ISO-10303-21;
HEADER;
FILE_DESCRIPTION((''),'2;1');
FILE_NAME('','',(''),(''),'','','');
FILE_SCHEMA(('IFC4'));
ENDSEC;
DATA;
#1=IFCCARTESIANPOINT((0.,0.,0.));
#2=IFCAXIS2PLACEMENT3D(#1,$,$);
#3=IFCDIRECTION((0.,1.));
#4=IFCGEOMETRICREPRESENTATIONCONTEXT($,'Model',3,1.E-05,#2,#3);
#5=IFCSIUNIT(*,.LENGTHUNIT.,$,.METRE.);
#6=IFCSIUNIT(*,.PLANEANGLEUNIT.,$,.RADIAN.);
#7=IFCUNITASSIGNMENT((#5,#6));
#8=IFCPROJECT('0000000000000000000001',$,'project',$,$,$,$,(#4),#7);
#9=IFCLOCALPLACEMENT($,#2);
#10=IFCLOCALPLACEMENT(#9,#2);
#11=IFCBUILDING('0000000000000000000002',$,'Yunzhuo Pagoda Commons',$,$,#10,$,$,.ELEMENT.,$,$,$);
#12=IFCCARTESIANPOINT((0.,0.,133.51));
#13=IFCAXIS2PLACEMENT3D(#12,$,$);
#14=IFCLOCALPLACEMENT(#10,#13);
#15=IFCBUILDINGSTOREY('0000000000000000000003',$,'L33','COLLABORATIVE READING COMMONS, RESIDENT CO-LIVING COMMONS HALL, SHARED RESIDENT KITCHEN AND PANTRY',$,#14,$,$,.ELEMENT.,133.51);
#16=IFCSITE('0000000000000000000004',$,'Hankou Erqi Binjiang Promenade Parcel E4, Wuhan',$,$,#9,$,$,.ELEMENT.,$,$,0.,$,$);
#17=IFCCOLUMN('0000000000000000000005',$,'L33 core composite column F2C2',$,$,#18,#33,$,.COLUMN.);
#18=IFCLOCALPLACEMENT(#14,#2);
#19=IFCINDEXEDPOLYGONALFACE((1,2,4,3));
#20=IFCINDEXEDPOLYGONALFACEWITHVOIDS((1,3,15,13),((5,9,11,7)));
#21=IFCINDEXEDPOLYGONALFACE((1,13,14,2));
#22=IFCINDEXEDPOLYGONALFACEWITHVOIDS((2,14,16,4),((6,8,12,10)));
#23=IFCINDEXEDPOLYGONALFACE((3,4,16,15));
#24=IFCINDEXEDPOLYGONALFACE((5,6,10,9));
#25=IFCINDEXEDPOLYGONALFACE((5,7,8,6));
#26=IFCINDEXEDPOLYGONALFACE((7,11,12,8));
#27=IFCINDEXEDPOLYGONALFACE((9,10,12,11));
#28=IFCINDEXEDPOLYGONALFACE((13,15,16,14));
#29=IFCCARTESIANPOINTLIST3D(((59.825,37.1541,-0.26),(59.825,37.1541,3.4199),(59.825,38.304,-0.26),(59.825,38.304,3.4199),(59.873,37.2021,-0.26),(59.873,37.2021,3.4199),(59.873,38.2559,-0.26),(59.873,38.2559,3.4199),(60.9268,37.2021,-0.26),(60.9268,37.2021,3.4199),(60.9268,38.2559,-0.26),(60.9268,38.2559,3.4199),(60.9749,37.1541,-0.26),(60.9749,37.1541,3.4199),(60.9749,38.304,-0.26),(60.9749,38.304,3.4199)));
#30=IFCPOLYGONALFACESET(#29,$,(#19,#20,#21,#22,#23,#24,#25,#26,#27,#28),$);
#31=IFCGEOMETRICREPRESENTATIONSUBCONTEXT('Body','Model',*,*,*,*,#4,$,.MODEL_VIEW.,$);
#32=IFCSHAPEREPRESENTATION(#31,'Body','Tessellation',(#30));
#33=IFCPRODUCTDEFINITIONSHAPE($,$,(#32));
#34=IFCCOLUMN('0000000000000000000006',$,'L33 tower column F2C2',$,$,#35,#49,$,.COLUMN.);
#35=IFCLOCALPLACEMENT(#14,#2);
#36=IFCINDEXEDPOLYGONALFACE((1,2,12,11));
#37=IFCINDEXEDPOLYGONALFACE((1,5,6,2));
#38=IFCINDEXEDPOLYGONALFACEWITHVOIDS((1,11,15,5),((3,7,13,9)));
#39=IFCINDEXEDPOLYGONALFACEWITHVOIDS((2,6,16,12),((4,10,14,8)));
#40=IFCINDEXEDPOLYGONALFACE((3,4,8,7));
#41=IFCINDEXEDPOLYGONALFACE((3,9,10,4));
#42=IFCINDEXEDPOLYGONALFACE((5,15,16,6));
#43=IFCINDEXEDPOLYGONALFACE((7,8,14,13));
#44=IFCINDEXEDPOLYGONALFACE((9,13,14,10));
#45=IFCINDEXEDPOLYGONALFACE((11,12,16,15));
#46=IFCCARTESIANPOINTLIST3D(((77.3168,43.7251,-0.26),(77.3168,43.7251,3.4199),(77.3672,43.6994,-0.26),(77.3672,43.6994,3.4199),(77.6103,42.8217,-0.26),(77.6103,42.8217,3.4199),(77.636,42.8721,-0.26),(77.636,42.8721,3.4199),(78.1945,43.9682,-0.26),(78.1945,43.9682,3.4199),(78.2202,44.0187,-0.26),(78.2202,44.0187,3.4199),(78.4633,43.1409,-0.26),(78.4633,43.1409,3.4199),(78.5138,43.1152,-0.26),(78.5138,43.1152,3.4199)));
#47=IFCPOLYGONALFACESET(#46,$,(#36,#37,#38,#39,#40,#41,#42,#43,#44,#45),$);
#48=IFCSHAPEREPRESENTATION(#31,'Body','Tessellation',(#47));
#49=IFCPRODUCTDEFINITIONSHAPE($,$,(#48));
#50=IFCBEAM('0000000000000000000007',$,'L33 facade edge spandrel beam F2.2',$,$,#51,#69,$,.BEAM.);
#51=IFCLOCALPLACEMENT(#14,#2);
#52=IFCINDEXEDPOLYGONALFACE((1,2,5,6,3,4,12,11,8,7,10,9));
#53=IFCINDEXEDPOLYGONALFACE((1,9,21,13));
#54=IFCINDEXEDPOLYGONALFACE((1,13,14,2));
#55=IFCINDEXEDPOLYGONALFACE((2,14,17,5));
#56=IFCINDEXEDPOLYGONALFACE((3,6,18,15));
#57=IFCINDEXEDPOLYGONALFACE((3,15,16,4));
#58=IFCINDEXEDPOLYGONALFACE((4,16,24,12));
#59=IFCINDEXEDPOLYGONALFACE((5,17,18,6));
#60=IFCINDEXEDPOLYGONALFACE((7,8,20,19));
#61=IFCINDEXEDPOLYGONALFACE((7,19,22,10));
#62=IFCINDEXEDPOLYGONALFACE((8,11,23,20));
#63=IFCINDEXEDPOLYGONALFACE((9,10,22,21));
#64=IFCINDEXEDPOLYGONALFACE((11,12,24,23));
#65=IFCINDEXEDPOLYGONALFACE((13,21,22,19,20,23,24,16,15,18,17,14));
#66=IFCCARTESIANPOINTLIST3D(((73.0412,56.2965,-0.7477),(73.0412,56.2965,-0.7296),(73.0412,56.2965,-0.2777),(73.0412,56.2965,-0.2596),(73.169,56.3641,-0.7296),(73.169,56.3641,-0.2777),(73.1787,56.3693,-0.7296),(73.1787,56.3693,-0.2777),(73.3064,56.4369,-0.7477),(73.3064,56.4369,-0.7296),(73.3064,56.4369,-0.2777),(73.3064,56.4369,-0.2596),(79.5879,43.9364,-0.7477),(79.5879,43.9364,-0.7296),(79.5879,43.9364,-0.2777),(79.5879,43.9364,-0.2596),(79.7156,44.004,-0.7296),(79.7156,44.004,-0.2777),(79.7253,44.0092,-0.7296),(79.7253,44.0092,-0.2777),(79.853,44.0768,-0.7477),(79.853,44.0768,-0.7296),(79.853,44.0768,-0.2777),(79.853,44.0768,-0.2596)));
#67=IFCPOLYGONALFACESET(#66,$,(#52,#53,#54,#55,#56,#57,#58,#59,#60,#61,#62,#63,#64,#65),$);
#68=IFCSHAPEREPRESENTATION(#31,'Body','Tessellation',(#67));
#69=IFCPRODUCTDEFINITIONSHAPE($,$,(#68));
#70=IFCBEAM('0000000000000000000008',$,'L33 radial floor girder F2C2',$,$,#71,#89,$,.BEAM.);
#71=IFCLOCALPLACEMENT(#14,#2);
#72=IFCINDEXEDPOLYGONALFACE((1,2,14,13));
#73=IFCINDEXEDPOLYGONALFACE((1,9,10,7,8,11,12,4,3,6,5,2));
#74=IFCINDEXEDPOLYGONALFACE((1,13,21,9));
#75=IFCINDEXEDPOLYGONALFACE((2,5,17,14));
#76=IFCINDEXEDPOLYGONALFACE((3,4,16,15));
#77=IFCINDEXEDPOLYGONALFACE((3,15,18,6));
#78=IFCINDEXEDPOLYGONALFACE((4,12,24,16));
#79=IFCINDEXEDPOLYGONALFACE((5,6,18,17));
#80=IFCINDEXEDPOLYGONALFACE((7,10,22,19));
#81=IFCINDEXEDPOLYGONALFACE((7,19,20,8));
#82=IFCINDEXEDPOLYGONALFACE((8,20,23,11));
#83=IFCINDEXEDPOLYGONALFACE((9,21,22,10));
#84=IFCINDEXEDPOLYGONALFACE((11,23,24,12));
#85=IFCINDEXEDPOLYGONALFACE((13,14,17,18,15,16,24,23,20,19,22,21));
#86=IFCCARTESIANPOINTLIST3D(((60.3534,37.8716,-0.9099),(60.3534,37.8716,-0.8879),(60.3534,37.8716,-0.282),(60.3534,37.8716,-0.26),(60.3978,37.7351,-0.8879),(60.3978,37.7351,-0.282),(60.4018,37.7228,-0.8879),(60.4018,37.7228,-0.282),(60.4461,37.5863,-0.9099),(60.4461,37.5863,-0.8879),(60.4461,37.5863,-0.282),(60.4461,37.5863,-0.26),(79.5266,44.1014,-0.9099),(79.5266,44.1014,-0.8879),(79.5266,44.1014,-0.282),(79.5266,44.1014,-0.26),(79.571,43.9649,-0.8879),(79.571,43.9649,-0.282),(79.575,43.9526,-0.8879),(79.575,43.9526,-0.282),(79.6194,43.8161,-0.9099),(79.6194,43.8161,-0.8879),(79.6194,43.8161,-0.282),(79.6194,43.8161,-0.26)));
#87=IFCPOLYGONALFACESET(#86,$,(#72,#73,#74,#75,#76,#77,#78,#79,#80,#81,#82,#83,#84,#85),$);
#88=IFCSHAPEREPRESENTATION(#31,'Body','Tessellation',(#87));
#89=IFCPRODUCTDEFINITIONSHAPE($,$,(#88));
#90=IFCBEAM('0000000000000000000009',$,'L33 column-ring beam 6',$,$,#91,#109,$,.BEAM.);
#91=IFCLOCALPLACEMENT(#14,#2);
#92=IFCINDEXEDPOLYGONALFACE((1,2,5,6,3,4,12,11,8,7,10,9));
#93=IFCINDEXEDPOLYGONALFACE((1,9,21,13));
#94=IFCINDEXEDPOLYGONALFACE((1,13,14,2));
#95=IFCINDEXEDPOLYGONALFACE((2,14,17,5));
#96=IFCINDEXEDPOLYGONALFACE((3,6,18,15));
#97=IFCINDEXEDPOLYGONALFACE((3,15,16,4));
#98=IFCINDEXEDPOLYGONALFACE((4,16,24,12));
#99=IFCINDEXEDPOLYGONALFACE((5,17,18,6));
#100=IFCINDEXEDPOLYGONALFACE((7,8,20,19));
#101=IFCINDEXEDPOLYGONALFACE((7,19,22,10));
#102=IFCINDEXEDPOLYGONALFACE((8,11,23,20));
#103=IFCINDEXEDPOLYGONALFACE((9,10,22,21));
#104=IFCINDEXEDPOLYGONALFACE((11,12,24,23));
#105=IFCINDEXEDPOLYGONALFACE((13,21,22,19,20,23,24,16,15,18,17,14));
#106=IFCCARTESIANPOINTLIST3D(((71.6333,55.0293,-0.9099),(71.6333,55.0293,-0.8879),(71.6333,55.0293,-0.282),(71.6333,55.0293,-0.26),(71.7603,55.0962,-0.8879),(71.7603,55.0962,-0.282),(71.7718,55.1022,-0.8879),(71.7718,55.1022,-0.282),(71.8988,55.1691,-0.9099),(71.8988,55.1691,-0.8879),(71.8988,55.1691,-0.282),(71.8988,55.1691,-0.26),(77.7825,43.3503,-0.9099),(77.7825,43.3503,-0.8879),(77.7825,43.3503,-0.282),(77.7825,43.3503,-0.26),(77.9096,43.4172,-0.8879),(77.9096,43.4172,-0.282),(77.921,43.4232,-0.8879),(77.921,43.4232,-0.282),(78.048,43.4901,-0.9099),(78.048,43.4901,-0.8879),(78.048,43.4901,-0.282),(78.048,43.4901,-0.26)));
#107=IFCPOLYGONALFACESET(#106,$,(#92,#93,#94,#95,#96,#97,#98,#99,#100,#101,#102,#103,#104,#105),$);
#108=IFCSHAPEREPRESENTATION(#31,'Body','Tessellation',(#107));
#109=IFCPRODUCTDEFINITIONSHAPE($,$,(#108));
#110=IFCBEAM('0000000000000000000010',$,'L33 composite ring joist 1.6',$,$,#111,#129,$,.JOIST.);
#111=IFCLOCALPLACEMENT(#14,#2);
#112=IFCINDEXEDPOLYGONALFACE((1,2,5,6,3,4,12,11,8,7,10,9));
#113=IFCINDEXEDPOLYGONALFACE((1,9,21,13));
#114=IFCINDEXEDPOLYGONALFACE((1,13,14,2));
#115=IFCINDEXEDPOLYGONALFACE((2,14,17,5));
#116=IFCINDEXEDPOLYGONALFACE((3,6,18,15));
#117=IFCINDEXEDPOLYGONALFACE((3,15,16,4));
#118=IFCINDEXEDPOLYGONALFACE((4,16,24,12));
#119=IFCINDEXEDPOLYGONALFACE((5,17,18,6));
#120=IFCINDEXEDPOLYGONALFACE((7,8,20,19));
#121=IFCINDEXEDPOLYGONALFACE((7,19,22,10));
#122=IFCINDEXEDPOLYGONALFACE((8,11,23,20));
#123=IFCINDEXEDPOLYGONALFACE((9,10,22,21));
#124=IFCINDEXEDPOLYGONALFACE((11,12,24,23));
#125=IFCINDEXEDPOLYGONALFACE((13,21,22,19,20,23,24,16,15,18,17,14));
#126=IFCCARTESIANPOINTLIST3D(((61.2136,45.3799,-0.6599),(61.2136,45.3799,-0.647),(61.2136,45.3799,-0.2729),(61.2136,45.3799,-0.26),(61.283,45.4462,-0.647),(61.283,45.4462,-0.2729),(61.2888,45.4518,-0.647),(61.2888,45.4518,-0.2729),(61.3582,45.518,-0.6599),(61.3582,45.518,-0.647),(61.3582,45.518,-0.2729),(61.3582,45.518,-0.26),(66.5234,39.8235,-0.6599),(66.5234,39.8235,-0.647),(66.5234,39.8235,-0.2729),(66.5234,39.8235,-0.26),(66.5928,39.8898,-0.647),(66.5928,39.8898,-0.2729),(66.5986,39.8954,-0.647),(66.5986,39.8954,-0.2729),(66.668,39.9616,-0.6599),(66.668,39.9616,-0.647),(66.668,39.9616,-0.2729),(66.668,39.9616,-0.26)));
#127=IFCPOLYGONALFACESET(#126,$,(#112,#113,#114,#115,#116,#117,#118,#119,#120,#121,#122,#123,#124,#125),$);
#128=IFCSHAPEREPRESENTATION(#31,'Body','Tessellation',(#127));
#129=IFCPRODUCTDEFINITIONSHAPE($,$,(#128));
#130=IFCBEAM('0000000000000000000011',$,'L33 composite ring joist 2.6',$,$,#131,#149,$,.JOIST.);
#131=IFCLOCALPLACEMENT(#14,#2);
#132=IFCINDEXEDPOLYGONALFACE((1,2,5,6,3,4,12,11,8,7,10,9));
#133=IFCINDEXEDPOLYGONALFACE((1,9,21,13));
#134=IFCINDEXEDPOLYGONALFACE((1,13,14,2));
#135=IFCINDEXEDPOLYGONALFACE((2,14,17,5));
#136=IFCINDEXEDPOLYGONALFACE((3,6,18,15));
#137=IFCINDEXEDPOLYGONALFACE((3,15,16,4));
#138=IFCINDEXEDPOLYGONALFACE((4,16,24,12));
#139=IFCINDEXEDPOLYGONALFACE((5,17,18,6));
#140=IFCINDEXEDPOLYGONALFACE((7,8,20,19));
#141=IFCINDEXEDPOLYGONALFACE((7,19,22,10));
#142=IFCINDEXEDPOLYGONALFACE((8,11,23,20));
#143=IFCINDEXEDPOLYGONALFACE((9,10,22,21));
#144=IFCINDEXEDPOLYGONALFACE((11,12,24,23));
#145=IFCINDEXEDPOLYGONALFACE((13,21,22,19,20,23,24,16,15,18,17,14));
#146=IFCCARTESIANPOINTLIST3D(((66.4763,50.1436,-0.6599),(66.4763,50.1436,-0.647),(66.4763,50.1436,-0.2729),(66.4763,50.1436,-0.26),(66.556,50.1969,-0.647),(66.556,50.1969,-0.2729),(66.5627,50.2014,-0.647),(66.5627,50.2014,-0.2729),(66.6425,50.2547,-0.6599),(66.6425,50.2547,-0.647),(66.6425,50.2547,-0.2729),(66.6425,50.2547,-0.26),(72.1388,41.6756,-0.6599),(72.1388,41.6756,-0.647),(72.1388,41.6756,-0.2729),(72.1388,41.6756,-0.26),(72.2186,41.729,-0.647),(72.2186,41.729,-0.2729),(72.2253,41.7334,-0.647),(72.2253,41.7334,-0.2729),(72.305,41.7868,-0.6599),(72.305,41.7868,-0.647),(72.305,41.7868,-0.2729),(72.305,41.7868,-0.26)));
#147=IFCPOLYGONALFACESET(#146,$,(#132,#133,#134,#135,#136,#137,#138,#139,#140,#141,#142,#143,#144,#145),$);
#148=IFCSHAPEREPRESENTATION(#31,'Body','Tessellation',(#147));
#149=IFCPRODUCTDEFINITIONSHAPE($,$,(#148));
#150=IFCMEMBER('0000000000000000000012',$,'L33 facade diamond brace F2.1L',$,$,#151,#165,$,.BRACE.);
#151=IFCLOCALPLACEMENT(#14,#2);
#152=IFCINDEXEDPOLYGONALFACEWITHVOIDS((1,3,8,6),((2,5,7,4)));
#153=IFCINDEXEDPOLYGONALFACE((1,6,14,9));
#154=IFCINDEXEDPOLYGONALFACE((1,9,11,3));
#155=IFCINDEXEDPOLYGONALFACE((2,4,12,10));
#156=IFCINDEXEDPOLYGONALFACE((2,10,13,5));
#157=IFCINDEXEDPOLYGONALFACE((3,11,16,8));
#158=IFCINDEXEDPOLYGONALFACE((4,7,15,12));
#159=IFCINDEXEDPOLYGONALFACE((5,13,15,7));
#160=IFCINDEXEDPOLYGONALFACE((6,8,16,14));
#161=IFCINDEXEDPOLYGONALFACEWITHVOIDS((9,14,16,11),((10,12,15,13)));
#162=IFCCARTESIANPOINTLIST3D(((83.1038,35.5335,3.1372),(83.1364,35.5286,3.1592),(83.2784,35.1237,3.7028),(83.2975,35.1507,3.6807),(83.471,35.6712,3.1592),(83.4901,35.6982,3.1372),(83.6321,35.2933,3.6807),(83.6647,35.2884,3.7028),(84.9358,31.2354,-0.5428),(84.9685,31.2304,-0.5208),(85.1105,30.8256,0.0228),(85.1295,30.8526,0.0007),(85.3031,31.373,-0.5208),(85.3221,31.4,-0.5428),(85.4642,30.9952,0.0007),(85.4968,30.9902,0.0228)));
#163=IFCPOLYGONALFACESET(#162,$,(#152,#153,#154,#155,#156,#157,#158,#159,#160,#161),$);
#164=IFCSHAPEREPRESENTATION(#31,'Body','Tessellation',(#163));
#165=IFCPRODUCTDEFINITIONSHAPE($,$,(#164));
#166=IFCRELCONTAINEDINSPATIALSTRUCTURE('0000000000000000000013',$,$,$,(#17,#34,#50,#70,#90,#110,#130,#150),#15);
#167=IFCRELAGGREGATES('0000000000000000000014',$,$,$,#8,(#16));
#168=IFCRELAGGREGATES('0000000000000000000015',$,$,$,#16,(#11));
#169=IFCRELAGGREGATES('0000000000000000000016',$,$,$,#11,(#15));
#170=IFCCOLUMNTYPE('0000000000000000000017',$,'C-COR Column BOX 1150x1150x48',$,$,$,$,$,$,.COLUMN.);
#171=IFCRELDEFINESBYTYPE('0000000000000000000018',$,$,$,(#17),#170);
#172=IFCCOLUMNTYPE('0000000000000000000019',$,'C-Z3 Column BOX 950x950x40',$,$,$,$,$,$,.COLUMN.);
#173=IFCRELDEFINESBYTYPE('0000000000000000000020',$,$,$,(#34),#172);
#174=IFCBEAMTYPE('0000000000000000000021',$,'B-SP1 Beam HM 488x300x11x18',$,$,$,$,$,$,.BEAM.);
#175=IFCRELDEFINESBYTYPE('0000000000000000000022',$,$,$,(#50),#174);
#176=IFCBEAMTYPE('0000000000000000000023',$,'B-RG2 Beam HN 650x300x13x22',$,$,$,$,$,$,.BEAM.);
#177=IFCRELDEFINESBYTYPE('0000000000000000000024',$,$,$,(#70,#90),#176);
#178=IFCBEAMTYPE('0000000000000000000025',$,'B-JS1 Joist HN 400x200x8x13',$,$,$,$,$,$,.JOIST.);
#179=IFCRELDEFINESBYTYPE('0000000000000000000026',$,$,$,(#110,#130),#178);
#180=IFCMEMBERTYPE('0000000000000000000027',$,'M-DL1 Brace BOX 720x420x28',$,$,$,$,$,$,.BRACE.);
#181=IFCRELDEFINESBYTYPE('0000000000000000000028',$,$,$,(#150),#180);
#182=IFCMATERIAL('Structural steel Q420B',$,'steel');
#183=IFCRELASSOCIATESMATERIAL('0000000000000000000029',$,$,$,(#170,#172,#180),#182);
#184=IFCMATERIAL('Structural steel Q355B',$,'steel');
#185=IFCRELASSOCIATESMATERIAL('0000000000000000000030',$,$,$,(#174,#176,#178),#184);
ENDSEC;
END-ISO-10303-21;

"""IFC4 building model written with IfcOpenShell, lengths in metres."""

from ifc_helpers import new_model, si_unit, direction, frame, origin, origin_2d, place, context, subcontext, project, spatial, hollow_rectangle, i_section, extrude, source, transform, mapped, material, material_profile, profile_set, type_object, element, save


model = new_model("IFC4")

# Units and contexts
model_context = context("Model", 3, precision=1e-05, world=origin(), true_north=direction((0.0, 1.0)))
body_context = subcontext(model_context, "Body", "Model", "MODEL_VIEW")
ifc_project = project(units=[si_unit("LENGTHUNIT", "METRE"), si_unit("PLANEANGLEUNIT", "RADIAN")], contexts=[model_context])

# Site, building, storey
site_placement = place(None, origin())
site = spatial("IfcSite", under=ifc_project, at=site_placement, Name="Hankou Erqi Binjiang Promenade Parcel E4, Wuhan", CompositionType="ELEMENT", RefElevation=0.0)
building_placement = place(site_placement, origin())
building = spatial("IfcBuilding", under=site, at=building_placement, Name="Yunzhuo Pagoda Commons", CompositionType="ELEMENT")
storey_placement = place(building_placement, frame((0.0, 0.0, 133.51)))
storey = spatial("IfcBuildingStorey", under=building, at=storey_placement, Name="L33", Description="COLLABORATIVE READING COMMONS, RESIDENT CO-LIVING COMMONS HALL, SHARED RESIDENT KITCHEN AND PANTRY", CompositionType="ELEMENT", Elevation=133.51)

# Columns
ifc_material_1 = material(Name="Structural steel Q420B", Category="steel")
ifc_material_profile_1 = material_profile(ifc_material_1, hollow_rectangle(XDim=1.1499, YDim=1.1499, WallThickness=0.0481, at=origin_2d()), Name="Structural steel Q420B")
ifc_profile_set_1 = profile_set([ifc_material_profile_1], Name="Structural steel Q420B")
column_type_1 = type_object("IfcColumnType", Name="C-COR Column BOX 1150x1150x48", PredefinedType="COLUMN", material=ifc_profile_set_1)
shared_shape_1 = source(origin(), body_context, "Body", "SweptSolid", [
    extrude(hollow_rectangle(XDim=1.1499, YDim=1.1499, WallThickness=0.0481, at=origin_2d()), origin(), (0.0, 0.0, 1.0), 3.6799),
])
column_1_placement = place(storey_placement, frame((60.3999, 37.729, -0.26), z_axis=(0.0, 0.0, 1.0), x_axis=(1.0, 0.0, 0.0)))
element("IfcColumn", 1, at=column_1_placement, inside=storey, type_object=column_type_1, Name="L33 core composite column F2C2", PredefinedType="COLUMN", context=body_context, shape_type="MappedRepresentation", body=[
    mapped(shared_shape_1, transform((0.0, 0.0, 0.0), scale=1.0)),
])
ifc_material_profile_2 = material_profile(ifc_material_1, hollow_rectangle(XDim=0.95, YDim=0.95, WallThickness=0.04, at=origin_2d()), Name="Structural steel Q420B")
ifc_profile_set_2 = profile_set([ifc_material_profile_2], Name="Structural steel Q420B")
column_type_2 = type_object("IfcColumnType", Name="C-Z3 Column BOX 950x950x40", PredefinedType="COLUMN", material=ifc_profile_set_2)
shared_shape_2 = source(origin(), body_context, "Body", "SweptSolid", [
    extrude(hollow_rectangle(XDim=0.95, YDim=0.95, WallThickness=0.04, at=origin_2d()), origin(), (0.0, 0.0, 1.0), 3.6799),
])
column_2_placement = place(storey_placement, frame((77.9153, 43.4202, -0.26), z_axis=(0.0, 0.0, 1.0), x_axis=(-0.309017, 0.951057, 0.0)))
element("IfcColumn", 2, at=column_2_placement, inside=storey, type_object=column_type_2, Name="L33 tower column F2C2", PredefinedType="COLUMN", context=body_context, shape_type="MappedRepresentation", body=[
    mapped(shared_shape_2, transform((0.0, 0.0, 0.0), scale=1.0)),
])

# Beams
ifc_material_2 = material(Name="Structural steel Q355B", Category="steel")
ifc_material_profile_3 = material_profile(ifc_material_2, i_section(OverallWidth=0.3, OverallDepth=0.488, WebThickness=0.011, FlangeThickness=0.0181, at=origin_2d()), Name="Structural steel Q355B")
ifc_profile_set_3 = profile_set([ifc_material_profile_3], Name="Structural steel Q355B")
beam_type_1 = type_object("IfcBeamType", Name="B-SP1 Beam HM 488x300x11x18", PredefinedType="BEAM", material=ifc_profile_set_3)
shared_shape_3 = source(origin(), body_context, "Body", "SweptSolid", [
    extrude(i_section(OverallWidth=0.3, OverallDepth=0.488, WebThickness=0.011, FlangeThickness=0.0181, at=origin_2d()), origin(), (0.0, 0.0, 1.0), 13.9868),
])
beam_1_placement = place(storey_placement, frame((79.7205, 44.0066, -0.5037), z_axis=(-0.468058, 0.883698, 0.0), x_axis=(-0.883698, -0.468058, 0.0)))
element("IfcBeam", 3, at=beam_1_placement, inside=storey, type_object=beam_type_1, Name="L33 facade edge spandrel beam F2.2", PredefinedType="BEAM", context=body_context, shape_type="MappedRepresentation", body=[
    mapped(shared_shape_3, transform((0.0, 0.0, 0.0), scale=1.0)),
])
ifc_material_profile_4 = material_profile(ifc_material_2, i_section(OverallWidth=0.3, OverallDepth=0.6499, WebThickness=0.0129, FlangeThickness=0.022, at=origin_2d()), Name="Structural steel Q355B")
ifc_profile_set_4 = profile_set([ifc_material_profile_4], Name="Structural steel Q355B")
beam_type_2 = type_object("IfcBeamType", Name="B-RG2 Beam HN 650x300x13x22", PredefinedType="BEAM", material=ifc_profile_set_4)
shared_shape_4 = source(origin(), body_context, "Body", "SweptSolid", [
    extrude(i_section(OverallWidth=0.3, OverallDepth=0.6499, WebThickness=0.0129, FlangeThickness=0.022, at=origin_2d()), origin(), (0.0, 0.0, 1.0), 20.1599),
])
beam_2_placement = place(storey_placement, frame((79.573, 43.9587, -0.585), z_axis=(-0.951056, -0.309018, 0.0), x_axis=(0.309018, -0.951056, 0.0)))
element("IfcBeam", 4, at=beam_2_placement, inside=storey, type_object=beam_type_2, Name="L33 radial floor girder F2C2", PredefinedType="BEAM", context=body_context, shape_type="MappedRepresentation", body=[
    mapped(shared_shape_4, transform((0.0, 0.0, 0.0), scale=1.0)),
])
shared_shape_5 = source(origin(), body_context, "Body", "SweptSolid", [
    extrude(i_section(OverallWidth=0.3, OverallDepth=0.6499, WebThickness=0.0129, FlangeThickness=0.022, at=origin_2d()), origin(), (0.0, 0.0, 1.0), 13.199),
])
beam_3_placement = place(storey_placement, frame((77.9153, 43.4202, -0.585), z_axis=(-0.465886, 0.884845, 0.0), x_axis=(-0.884845, -0.465886, 0.0)))
element("IfcBeam", 5, at=beam_3_placement, inside=storey, type_object=beam_type_2, Name="L33 column-ring beam 6", PredefinedType="BEAM", context=body_context, shape_type="MappedRepresentation", body=[
    mapped(shared_shape_5, transform((0.0, 0.0, 0.0), scale=1.0)),
])
ifc_material_profile_5 = material_profile(ifc_material_2, i_section(OverallWidth=0.2, OverallDepth=0.3999, WebThickness=0.0081, FlangeThickness=0.0129, at=origin_2d()), Name="Structural steel Q355B")
ifc_profile_set_5 = profile_set([ifc_material_profile_5], Name="Structural steel Q355B")
beam_type_3 = type_object("IfcBeamType", Name="B-JS1 Joist HN 400x200x8x13", PredefinedType="JOIST", material=ifc_profile_set_5)
shared_shape_6 = source(origin(), body_context, "Body", "SweptSolid", [
    extrude(i_section(OverallWidth=0.2, OverallDepth=0.3999, WebThickness=0.0081, FlangeThickness=0.0129, at=origin_2d()), origin(), (0.0, 0.0, 1.0), 7.6855),
])
beam_4_placement = place(storey_placement, frame((66.5957, 39.8926, -0.46), z_axis=(-0.690883, 0.722967, 0.0), x_axis=(-0.722967, -0.690883, 0.0)))
element("IfcBeam", 6, at=beam_4_placement, inside=storey, type_object=beam_type_3, Name="L33 composite ring joist 1.6", PredefinedType="JOIST", context=body_context, shape_type="MappedRepresentation", body=[
    mapped(shared_shape_6, transform((0.0, 0.0, 0.0), scale=1.0)),
])
shared_shape_7 = source(origin(), body_context, "Body", "SweptSolid", [
    extrude(i_section(OverallWidth=0.2, OverallDepth=0.3999, WebThickness=0.0081, FlangeThickness=0.0129, at=origin_2d()), origin(), (0.0, 0.0, 1.0), 10.1868),
])
beam_5_placement = place(storey_placement, frame((72.2219, 41.7312, -0.46), z_axis=(-0.555872, 0.831268, 0.0), x_axis=(-0.831268, -0.555872, 0.0)))
element("IfcBeam", 7, at=beam_5_placement, inside=storey, type_object=beam_type_3, Name="L33 composite ring joist 2.6", PredefinedType="JOIST", context=body_context, shape_type="MappedRepresentation", body=[
    mapped(shared_shape_7, transform((0.0, 0.0, 0.0), scale=1.0)),
])

# Member
ifc_material_profile_6 = material_profile(ifc_material_1, hollow_rectangle(XDim=0.4199, YDim=0.72, WallThickness=0.0281, at=origin_2d()), Name="Structural steel Q420B")
ifc_profile_set_6 = profile_set([ifc_material_profile_6], Name="Structural steel Q420B")
member_type_1 = type_object("IfcMemberType", Name="M-DL1 Brace BOX 720x420x28", PredefinedType="BRACE", material=ifc_profile_set_6)
shared_shape_8 = source(origin(), body_context, "Body", "SweptSolid", [
    extrude(hollow_rectangle(XDim=0.4199, YDim=0.72, WallThickness=0.0281, at=origin_2d()), origin(), (0.0, 0.0, 1.0), 5.9475),
])
member_1_placement = place(storey_placement, frame((85.2163, 31.1128, -0.26), z_axis=(-0.308038, 0.722682, 0.618744), x_axis=(-0.919919, -0.392109, 0.0)))
element("IfcMember", 8, at=member_1_placement, inside=storey, type_object=member_type_1, Name="L33 facade diamond brace F2.1L", PredefinedType="BRACE", context=body_context, shape_type="MappedRepresentation", body=[
    mapped(shared_shape_8, transform((0.0, 0.0, 0.0), scale=1.0)),
])

save(model, "model.ifc")
